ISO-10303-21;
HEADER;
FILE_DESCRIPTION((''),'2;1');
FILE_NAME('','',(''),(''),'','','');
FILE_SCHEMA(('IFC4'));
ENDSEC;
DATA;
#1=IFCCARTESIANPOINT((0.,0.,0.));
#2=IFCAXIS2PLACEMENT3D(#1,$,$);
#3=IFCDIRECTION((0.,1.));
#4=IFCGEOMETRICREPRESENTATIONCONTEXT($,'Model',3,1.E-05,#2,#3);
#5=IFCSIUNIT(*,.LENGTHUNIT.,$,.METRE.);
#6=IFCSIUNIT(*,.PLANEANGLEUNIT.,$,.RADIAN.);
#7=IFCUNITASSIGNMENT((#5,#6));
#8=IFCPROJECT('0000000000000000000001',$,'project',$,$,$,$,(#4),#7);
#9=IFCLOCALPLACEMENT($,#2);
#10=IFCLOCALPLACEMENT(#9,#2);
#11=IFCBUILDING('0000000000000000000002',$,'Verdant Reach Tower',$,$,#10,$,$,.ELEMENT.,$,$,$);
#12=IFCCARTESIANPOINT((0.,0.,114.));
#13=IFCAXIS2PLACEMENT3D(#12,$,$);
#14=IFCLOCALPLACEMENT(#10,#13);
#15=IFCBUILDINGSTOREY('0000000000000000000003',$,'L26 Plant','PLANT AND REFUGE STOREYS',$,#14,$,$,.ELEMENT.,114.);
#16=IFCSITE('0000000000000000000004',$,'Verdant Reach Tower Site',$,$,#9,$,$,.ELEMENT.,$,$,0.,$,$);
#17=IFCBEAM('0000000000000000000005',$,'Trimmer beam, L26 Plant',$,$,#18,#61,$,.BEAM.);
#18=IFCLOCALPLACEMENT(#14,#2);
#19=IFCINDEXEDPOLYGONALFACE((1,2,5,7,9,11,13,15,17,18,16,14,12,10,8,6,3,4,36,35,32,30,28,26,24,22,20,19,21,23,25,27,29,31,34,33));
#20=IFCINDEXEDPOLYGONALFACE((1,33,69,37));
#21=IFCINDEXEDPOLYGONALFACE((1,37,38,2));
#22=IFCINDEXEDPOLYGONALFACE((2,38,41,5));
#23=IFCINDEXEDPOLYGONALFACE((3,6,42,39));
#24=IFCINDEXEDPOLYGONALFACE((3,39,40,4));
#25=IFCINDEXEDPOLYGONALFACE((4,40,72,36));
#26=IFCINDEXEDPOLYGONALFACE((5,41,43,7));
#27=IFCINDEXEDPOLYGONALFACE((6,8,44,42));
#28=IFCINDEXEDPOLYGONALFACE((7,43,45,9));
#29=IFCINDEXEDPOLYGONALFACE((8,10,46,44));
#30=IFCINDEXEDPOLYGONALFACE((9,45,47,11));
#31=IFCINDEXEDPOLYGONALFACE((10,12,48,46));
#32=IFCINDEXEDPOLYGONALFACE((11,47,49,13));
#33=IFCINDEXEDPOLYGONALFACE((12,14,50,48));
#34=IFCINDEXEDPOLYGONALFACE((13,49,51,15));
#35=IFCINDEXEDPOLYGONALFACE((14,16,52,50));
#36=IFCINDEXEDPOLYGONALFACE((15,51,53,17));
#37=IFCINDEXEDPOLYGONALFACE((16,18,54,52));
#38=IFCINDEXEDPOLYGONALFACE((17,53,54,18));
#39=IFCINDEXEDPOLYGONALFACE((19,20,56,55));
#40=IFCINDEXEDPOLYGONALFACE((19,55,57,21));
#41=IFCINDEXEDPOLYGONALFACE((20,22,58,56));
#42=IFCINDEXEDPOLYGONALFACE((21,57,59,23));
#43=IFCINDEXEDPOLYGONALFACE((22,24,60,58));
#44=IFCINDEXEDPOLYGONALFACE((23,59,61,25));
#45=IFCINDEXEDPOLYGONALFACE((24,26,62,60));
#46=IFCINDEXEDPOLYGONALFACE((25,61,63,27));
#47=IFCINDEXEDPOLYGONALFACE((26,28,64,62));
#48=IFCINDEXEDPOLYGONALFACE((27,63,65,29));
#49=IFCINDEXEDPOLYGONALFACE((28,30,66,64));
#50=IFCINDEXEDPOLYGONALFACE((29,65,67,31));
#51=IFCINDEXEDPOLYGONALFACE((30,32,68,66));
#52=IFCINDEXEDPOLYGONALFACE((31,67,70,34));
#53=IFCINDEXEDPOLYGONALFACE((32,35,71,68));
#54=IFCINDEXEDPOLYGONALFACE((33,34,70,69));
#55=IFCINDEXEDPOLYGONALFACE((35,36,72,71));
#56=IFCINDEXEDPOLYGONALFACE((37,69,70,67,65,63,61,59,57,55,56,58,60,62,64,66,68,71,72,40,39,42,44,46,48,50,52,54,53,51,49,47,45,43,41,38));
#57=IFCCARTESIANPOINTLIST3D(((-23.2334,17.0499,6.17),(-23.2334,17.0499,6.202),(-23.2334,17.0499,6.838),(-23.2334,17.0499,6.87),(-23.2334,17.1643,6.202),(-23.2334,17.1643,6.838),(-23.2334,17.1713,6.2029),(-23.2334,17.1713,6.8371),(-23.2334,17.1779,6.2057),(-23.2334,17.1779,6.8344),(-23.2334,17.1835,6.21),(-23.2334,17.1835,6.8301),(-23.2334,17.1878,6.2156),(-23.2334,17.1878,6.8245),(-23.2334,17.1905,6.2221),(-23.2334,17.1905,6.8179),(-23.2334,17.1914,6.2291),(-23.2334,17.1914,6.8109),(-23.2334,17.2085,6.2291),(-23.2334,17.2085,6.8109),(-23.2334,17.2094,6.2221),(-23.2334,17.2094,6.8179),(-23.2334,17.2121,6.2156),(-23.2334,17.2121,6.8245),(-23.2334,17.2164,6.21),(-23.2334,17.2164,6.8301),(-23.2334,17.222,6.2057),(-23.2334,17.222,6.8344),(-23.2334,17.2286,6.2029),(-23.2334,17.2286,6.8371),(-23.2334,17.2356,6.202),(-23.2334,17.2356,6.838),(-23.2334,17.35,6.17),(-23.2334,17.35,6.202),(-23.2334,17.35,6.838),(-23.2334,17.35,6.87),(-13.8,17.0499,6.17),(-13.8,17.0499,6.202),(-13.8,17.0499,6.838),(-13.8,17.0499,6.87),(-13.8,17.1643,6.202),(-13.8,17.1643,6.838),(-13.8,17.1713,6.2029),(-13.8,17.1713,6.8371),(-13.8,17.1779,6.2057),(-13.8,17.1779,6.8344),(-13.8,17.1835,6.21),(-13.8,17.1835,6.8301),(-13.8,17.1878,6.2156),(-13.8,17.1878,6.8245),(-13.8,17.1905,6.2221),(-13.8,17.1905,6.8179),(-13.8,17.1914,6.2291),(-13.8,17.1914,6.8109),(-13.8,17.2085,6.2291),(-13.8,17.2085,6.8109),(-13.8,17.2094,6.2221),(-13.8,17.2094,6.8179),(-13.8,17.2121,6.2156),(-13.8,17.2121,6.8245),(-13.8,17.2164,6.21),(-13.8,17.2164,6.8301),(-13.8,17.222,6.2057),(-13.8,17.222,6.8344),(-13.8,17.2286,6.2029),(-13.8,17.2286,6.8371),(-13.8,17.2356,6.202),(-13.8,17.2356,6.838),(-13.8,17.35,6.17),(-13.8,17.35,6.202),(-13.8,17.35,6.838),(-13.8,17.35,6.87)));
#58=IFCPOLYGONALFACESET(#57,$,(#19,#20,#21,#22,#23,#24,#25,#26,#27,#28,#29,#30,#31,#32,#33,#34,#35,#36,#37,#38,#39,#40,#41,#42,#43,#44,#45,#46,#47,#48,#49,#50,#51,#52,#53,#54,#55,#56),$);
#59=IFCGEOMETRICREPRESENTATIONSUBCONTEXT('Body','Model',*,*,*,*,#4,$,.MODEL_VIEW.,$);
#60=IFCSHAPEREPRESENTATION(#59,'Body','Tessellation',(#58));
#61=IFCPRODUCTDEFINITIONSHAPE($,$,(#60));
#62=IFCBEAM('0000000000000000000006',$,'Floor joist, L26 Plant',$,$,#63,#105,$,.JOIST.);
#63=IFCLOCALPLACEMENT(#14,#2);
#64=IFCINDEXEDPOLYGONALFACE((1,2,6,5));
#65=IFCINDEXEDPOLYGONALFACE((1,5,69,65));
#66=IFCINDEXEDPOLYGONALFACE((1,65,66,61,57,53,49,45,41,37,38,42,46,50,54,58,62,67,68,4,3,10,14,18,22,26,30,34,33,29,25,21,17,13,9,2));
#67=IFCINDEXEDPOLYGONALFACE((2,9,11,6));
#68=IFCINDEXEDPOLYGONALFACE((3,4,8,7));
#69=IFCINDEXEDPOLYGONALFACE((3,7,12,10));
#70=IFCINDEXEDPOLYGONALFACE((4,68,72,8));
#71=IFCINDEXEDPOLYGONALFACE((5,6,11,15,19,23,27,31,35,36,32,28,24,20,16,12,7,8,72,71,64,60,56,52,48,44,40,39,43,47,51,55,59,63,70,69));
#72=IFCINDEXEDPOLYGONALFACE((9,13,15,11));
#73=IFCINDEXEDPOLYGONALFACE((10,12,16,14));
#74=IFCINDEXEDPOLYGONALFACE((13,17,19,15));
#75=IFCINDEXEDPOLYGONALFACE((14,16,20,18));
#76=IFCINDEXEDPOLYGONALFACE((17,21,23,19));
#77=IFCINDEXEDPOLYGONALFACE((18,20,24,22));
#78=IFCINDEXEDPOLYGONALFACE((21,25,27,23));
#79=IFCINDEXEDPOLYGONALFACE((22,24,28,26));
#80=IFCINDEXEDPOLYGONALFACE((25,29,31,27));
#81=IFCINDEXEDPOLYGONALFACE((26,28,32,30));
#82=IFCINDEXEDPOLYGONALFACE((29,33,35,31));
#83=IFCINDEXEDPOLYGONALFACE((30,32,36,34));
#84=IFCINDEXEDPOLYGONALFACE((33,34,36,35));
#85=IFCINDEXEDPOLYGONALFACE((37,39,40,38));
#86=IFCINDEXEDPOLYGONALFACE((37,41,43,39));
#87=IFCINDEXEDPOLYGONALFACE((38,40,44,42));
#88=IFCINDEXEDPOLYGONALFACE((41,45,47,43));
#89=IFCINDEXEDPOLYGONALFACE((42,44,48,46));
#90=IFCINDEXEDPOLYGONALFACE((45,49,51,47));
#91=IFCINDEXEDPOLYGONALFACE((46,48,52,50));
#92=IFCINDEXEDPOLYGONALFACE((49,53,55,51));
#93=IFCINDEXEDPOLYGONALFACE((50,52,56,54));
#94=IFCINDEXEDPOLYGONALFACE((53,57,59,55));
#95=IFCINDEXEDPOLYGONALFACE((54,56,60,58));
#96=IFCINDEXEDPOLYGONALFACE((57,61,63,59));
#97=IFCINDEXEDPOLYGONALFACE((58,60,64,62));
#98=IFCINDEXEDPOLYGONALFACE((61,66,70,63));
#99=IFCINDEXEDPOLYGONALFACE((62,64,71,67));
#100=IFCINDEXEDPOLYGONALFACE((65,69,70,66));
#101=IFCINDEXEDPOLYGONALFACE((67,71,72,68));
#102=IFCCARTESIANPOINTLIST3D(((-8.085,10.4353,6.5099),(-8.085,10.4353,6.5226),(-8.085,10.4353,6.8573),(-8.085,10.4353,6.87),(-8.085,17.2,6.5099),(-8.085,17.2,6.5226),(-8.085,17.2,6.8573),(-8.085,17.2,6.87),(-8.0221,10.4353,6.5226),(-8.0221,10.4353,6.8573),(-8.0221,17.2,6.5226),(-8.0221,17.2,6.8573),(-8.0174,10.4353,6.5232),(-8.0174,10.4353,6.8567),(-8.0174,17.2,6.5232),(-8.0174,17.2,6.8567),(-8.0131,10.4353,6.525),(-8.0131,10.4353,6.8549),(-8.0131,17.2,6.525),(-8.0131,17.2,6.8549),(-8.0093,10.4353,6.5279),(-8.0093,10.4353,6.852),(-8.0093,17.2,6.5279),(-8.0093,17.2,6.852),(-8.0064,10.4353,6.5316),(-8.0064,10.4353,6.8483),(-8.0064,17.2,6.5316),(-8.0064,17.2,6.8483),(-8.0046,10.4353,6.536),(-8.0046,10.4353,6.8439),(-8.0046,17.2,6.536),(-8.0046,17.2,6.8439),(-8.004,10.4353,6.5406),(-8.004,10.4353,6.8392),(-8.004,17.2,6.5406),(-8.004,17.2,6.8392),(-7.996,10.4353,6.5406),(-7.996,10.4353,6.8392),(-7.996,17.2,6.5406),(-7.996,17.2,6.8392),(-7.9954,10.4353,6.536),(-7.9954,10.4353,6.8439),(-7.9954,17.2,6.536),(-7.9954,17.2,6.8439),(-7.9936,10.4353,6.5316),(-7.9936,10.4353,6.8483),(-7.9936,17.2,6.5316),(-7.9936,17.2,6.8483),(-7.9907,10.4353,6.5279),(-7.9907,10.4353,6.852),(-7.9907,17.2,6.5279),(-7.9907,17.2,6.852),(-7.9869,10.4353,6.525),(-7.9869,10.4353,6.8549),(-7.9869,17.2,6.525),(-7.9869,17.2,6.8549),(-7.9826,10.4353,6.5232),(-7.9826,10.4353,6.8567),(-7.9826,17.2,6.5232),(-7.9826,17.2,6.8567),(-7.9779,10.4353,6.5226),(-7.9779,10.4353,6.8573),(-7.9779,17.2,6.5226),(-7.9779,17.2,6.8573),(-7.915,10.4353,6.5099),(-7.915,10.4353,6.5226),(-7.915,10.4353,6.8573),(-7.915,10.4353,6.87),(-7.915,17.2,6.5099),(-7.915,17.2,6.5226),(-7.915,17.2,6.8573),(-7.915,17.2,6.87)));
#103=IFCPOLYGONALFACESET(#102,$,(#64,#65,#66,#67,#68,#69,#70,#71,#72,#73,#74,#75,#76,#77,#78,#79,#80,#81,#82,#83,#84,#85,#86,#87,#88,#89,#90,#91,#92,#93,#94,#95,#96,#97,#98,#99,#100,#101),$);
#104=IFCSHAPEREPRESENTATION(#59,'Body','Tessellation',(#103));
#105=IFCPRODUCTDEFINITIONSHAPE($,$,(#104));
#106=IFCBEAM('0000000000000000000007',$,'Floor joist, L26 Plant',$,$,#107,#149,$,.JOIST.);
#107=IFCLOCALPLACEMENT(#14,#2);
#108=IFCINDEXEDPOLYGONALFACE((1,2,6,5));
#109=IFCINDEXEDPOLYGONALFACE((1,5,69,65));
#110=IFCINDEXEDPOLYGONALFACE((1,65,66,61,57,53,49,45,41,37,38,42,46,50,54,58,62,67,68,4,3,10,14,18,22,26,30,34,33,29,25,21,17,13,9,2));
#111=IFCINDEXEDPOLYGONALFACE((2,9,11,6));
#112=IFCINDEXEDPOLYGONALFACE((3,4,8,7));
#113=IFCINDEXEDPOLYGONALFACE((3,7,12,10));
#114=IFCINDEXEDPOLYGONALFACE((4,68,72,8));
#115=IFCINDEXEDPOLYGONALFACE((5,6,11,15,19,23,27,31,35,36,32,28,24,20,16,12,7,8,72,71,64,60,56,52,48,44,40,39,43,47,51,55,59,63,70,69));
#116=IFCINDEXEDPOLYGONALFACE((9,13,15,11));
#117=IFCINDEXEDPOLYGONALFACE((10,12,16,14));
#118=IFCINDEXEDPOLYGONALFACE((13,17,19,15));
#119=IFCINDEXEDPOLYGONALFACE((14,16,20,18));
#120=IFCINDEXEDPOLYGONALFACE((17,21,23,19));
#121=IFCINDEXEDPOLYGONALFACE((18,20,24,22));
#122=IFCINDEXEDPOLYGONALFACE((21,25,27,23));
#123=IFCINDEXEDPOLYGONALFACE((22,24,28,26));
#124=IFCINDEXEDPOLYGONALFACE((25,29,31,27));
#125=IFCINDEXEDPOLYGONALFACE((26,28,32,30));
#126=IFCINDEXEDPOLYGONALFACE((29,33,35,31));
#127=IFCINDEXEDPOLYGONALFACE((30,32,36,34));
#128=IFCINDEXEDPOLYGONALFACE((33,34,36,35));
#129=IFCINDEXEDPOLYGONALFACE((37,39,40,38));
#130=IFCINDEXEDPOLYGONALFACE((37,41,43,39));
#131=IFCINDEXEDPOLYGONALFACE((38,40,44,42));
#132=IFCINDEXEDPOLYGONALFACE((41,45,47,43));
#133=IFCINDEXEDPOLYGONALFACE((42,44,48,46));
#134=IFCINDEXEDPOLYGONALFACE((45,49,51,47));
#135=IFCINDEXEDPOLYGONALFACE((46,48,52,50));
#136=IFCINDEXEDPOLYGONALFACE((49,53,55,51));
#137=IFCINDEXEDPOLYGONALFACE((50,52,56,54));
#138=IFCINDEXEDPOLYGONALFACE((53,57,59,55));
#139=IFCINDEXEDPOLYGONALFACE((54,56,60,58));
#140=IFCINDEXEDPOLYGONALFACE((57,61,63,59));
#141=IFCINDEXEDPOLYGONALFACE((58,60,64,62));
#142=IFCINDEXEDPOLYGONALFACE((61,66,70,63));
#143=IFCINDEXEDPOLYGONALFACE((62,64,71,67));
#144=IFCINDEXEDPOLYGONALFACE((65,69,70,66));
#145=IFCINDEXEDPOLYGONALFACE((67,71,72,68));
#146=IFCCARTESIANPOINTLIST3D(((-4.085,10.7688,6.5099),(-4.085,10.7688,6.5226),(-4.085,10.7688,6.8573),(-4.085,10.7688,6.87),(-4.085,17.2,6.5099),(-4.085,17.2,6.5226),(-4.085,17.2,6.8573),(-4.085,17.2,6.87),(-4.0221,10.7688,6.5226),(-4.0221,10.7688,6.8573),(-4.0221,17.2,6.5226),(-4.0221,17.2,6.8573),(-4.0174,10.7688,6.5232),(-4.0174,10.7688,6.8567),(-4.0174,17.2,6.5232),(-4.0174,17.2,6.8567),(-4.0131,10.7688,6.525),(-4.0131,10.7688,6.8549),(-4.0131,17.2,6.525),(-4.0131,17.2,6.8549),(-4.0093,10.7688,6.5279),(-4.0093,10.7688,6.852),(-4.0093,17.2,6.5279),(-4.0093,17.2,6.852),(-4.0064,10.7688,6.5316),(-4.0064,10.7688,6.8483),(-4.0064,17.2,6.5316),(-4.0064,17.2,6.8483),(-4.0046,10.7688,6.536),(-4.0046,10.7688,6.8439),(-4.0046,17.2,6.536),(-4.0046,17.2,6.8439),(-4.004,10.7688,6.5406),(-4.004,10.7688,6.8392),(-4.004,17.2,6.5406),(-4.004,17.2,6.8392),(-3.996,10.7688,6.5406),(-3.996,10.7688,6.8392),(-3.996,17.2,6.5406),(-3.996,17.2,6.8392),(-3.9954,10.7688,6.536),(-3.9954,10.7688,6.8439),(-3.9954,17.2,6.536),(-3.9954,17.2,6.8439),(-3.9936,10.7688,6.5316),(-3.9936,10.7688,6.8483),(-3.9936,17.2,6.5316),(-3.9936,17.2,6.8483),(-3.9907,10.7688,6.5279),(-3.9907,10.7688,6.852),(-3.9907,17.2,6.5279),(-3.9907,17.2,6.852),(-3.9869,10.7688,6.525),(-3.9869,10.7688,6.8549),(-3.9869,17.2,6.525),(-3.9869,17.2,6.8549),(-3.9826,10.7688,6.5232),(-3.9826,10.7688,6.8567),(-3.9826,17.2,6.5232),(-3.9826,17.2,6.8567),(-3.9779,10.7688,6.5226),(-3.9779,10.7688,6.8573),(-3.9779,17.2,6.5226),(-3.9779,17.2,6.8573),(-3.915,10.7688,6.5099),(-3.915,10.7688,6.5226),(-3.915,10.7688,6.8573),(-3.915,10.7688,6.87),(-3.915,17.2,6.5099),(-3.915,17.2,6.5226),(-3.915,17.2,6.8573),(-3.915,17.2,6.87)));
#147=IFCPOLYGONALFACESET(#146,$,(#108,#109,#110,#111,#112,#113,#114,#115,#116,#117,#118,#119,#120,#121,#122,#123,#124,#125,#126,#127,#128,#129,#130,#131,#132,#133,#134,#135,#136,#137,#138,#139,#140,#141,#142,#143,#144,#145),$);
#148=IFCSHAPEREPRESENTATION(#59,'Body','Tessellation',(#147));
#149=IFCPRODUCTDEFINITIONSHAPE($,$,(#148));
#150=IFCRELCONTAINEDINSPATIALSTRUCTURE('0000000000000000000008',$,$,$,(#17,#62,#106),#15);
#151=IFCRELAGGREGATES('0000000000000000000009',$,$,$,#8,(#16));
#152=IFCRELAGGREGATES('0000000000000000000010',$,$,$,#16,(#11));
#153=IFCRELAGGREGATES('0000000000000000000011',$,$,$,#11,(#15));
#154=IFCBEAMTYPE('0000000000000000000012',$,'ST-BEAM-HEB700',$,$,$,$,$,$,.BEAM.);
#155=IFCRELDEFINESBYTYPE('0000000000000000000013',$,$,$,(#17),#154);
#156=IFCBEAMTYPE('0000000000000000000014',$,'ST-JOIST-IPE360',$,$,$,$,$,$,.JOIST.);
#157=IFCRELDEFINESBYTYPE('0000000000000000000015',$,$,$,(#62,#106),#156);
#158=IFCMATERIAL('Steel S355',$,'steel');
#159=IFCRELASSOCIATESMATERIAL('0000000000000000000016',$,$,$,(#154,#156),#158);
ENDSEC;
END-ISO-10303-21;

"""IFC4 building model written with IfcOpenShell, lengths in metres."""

from ifc_helpers import new_model, si_unit, direction, frame, origin, origin_2d, place, context, subcontext, project, spatial, i_section, extrude, material, material_profile, profile_set, type_object, element, save


model = new_model("IFC4")

# Units and contexts
model_context = context("Model", 3, precision=1e-05, world=origin(), true_north=direction((0.0, 1.0)))
body_context = subcontext(model_context, "Body", "Model", "MODEL_VIEW")
ifc_project = project(units=[si_unit("LENGTHUNIT", "METRE"), si_unit("PLANEANGLEUNIT", "RADIAN")], contexts=[model_context])

# Site, building, storey
site_placement = place(None, origin())
site = spatial("IfcSite", under=ifc_project, at=site_placement, Name="Verdant Reach Tower Site", CompositionType="ELEMENT", RefElevation=0.0)
building_placement = place(site_placement, origin())
building = spatial("IfcBuilding", under=site, at=building_placement, Name="Verdant Reach Tower", CompositionType="ELEMENT")
storey_placement = place(building_placement, frame((0.0, 0.0, 114.0)))
storey = spatial("IfcBuildingStorey", under=building, at=storey_placement, Name="L26 Plant", Description="PLANT AND REFUGE STOREYS", CompositionType="ELEMENT", Elevation=114.0)

# Beams
ifc_material_1 = material(Name="Steel S355", Category="steel")
ifc_material_profile_1 = material_profile(ifc_material_1, i_section(OverallWidth=0.3, OverallDepth=0.7, WebThickness=0.0171, FlangeThickness=0.032, FilletRadius=0.0271, at=origin_2d()), Name="HEB 700")
ifc_profile_set_1 = profile_set([ifc_material_profile_1], Name="Steel S355")
beam_type_1 = type_object("IfcBeamType", Name="ST-BEAM-HEB700", PredefinedType="BEAM", material=ifc_profile_set_1)
beam_1_placement = place(storey_placement, frame((-13.8, 17.2, 6.52), z_axis=(-1.0, 0.0, 0.0), x_axis=(0.0, -1.0, 0.0)))
element("IfcBeam", 1, at=beam_1_placement, inside=storey, type_object=beam_type_1, Name="Trimmer beam, L26 Plant", PredefinedType="BEAM", context=body_context, shape_type="SweptSolid", body=[
    extrude(i_section(OverallWidth=0.3, OverallDepth=0.7, WebThickness=0.0171, FlangeThickness=0.032, FilletRadius=0.0271, at=origin_2d()), origin(), (0.0, 0.0, 1.0), 9.4333),
])
ifc_material_profile_2 = material_profile(ifc_material_1, i_section(OverallWidth=0.1699, OverallDepth=0.3601, WebThickness=0.0081, FlangeThickness=0.0127, FilletRadius=0.0181, at=origin_2d()), Name="IPE 360")
ifc_profile_set_2 = profile_set([ifc_material_profile_2], Name="Steel S355")
beam_type_2 = type_object("IfcBeamType", Name="ST-JOIST-IPE360", PredefinedType="JOIST", material=ifc_profile_set_2)
beam_2_placement = place(storey_placement, frame((-8.0, 17.2, 6.6899), z_axis=(0.0, -1.0, 0.0), x_axis=(1.0, 0.0, 0.0)))
element("IfcBeam", 2, at=beam_2_placement, inside=storey, type_object=beam_type_2, Name="Floor joist, L26 Plant", PredefinedType="JOIST", context=body_context, shape_type="SweptSolid", body=[
    extrude(i_section(OverallWidth=0.1699, OverallDepth=0.3601, WebThickness=0.0081, FlangeThickness=0.0127, FilletRadius=0.0181, at=origin_2d()), origin(), (0.0, 0.0, 1.0), 6.7646),
])
beam_3_placement = place(storey_placement, frame((-4.0, 17.2, 6.6899), z_axis=(0.0, -1.0, 0.0), x_axis=(1.0, 0.0, 0.0)))
element("IfcBeam", 3, at=beam_3_placement, inside=storey, type_object=beam_type_2, Name="Floor joist, L26 Plant", PredefinedType="JOIST", context=body_context, shape_type="SweptSolid", body=[
    extrude(i_section(OverallWidth=0.1699, OverallDepth=0.3601, WebThickness=0.0081, FlangeThickness=0.0127, FilletRadius=0.0181, at=origin_2d()), origin(), (0.0, 0.0, 1.0), 6.4312),
])

save(model, "model.ifc")
